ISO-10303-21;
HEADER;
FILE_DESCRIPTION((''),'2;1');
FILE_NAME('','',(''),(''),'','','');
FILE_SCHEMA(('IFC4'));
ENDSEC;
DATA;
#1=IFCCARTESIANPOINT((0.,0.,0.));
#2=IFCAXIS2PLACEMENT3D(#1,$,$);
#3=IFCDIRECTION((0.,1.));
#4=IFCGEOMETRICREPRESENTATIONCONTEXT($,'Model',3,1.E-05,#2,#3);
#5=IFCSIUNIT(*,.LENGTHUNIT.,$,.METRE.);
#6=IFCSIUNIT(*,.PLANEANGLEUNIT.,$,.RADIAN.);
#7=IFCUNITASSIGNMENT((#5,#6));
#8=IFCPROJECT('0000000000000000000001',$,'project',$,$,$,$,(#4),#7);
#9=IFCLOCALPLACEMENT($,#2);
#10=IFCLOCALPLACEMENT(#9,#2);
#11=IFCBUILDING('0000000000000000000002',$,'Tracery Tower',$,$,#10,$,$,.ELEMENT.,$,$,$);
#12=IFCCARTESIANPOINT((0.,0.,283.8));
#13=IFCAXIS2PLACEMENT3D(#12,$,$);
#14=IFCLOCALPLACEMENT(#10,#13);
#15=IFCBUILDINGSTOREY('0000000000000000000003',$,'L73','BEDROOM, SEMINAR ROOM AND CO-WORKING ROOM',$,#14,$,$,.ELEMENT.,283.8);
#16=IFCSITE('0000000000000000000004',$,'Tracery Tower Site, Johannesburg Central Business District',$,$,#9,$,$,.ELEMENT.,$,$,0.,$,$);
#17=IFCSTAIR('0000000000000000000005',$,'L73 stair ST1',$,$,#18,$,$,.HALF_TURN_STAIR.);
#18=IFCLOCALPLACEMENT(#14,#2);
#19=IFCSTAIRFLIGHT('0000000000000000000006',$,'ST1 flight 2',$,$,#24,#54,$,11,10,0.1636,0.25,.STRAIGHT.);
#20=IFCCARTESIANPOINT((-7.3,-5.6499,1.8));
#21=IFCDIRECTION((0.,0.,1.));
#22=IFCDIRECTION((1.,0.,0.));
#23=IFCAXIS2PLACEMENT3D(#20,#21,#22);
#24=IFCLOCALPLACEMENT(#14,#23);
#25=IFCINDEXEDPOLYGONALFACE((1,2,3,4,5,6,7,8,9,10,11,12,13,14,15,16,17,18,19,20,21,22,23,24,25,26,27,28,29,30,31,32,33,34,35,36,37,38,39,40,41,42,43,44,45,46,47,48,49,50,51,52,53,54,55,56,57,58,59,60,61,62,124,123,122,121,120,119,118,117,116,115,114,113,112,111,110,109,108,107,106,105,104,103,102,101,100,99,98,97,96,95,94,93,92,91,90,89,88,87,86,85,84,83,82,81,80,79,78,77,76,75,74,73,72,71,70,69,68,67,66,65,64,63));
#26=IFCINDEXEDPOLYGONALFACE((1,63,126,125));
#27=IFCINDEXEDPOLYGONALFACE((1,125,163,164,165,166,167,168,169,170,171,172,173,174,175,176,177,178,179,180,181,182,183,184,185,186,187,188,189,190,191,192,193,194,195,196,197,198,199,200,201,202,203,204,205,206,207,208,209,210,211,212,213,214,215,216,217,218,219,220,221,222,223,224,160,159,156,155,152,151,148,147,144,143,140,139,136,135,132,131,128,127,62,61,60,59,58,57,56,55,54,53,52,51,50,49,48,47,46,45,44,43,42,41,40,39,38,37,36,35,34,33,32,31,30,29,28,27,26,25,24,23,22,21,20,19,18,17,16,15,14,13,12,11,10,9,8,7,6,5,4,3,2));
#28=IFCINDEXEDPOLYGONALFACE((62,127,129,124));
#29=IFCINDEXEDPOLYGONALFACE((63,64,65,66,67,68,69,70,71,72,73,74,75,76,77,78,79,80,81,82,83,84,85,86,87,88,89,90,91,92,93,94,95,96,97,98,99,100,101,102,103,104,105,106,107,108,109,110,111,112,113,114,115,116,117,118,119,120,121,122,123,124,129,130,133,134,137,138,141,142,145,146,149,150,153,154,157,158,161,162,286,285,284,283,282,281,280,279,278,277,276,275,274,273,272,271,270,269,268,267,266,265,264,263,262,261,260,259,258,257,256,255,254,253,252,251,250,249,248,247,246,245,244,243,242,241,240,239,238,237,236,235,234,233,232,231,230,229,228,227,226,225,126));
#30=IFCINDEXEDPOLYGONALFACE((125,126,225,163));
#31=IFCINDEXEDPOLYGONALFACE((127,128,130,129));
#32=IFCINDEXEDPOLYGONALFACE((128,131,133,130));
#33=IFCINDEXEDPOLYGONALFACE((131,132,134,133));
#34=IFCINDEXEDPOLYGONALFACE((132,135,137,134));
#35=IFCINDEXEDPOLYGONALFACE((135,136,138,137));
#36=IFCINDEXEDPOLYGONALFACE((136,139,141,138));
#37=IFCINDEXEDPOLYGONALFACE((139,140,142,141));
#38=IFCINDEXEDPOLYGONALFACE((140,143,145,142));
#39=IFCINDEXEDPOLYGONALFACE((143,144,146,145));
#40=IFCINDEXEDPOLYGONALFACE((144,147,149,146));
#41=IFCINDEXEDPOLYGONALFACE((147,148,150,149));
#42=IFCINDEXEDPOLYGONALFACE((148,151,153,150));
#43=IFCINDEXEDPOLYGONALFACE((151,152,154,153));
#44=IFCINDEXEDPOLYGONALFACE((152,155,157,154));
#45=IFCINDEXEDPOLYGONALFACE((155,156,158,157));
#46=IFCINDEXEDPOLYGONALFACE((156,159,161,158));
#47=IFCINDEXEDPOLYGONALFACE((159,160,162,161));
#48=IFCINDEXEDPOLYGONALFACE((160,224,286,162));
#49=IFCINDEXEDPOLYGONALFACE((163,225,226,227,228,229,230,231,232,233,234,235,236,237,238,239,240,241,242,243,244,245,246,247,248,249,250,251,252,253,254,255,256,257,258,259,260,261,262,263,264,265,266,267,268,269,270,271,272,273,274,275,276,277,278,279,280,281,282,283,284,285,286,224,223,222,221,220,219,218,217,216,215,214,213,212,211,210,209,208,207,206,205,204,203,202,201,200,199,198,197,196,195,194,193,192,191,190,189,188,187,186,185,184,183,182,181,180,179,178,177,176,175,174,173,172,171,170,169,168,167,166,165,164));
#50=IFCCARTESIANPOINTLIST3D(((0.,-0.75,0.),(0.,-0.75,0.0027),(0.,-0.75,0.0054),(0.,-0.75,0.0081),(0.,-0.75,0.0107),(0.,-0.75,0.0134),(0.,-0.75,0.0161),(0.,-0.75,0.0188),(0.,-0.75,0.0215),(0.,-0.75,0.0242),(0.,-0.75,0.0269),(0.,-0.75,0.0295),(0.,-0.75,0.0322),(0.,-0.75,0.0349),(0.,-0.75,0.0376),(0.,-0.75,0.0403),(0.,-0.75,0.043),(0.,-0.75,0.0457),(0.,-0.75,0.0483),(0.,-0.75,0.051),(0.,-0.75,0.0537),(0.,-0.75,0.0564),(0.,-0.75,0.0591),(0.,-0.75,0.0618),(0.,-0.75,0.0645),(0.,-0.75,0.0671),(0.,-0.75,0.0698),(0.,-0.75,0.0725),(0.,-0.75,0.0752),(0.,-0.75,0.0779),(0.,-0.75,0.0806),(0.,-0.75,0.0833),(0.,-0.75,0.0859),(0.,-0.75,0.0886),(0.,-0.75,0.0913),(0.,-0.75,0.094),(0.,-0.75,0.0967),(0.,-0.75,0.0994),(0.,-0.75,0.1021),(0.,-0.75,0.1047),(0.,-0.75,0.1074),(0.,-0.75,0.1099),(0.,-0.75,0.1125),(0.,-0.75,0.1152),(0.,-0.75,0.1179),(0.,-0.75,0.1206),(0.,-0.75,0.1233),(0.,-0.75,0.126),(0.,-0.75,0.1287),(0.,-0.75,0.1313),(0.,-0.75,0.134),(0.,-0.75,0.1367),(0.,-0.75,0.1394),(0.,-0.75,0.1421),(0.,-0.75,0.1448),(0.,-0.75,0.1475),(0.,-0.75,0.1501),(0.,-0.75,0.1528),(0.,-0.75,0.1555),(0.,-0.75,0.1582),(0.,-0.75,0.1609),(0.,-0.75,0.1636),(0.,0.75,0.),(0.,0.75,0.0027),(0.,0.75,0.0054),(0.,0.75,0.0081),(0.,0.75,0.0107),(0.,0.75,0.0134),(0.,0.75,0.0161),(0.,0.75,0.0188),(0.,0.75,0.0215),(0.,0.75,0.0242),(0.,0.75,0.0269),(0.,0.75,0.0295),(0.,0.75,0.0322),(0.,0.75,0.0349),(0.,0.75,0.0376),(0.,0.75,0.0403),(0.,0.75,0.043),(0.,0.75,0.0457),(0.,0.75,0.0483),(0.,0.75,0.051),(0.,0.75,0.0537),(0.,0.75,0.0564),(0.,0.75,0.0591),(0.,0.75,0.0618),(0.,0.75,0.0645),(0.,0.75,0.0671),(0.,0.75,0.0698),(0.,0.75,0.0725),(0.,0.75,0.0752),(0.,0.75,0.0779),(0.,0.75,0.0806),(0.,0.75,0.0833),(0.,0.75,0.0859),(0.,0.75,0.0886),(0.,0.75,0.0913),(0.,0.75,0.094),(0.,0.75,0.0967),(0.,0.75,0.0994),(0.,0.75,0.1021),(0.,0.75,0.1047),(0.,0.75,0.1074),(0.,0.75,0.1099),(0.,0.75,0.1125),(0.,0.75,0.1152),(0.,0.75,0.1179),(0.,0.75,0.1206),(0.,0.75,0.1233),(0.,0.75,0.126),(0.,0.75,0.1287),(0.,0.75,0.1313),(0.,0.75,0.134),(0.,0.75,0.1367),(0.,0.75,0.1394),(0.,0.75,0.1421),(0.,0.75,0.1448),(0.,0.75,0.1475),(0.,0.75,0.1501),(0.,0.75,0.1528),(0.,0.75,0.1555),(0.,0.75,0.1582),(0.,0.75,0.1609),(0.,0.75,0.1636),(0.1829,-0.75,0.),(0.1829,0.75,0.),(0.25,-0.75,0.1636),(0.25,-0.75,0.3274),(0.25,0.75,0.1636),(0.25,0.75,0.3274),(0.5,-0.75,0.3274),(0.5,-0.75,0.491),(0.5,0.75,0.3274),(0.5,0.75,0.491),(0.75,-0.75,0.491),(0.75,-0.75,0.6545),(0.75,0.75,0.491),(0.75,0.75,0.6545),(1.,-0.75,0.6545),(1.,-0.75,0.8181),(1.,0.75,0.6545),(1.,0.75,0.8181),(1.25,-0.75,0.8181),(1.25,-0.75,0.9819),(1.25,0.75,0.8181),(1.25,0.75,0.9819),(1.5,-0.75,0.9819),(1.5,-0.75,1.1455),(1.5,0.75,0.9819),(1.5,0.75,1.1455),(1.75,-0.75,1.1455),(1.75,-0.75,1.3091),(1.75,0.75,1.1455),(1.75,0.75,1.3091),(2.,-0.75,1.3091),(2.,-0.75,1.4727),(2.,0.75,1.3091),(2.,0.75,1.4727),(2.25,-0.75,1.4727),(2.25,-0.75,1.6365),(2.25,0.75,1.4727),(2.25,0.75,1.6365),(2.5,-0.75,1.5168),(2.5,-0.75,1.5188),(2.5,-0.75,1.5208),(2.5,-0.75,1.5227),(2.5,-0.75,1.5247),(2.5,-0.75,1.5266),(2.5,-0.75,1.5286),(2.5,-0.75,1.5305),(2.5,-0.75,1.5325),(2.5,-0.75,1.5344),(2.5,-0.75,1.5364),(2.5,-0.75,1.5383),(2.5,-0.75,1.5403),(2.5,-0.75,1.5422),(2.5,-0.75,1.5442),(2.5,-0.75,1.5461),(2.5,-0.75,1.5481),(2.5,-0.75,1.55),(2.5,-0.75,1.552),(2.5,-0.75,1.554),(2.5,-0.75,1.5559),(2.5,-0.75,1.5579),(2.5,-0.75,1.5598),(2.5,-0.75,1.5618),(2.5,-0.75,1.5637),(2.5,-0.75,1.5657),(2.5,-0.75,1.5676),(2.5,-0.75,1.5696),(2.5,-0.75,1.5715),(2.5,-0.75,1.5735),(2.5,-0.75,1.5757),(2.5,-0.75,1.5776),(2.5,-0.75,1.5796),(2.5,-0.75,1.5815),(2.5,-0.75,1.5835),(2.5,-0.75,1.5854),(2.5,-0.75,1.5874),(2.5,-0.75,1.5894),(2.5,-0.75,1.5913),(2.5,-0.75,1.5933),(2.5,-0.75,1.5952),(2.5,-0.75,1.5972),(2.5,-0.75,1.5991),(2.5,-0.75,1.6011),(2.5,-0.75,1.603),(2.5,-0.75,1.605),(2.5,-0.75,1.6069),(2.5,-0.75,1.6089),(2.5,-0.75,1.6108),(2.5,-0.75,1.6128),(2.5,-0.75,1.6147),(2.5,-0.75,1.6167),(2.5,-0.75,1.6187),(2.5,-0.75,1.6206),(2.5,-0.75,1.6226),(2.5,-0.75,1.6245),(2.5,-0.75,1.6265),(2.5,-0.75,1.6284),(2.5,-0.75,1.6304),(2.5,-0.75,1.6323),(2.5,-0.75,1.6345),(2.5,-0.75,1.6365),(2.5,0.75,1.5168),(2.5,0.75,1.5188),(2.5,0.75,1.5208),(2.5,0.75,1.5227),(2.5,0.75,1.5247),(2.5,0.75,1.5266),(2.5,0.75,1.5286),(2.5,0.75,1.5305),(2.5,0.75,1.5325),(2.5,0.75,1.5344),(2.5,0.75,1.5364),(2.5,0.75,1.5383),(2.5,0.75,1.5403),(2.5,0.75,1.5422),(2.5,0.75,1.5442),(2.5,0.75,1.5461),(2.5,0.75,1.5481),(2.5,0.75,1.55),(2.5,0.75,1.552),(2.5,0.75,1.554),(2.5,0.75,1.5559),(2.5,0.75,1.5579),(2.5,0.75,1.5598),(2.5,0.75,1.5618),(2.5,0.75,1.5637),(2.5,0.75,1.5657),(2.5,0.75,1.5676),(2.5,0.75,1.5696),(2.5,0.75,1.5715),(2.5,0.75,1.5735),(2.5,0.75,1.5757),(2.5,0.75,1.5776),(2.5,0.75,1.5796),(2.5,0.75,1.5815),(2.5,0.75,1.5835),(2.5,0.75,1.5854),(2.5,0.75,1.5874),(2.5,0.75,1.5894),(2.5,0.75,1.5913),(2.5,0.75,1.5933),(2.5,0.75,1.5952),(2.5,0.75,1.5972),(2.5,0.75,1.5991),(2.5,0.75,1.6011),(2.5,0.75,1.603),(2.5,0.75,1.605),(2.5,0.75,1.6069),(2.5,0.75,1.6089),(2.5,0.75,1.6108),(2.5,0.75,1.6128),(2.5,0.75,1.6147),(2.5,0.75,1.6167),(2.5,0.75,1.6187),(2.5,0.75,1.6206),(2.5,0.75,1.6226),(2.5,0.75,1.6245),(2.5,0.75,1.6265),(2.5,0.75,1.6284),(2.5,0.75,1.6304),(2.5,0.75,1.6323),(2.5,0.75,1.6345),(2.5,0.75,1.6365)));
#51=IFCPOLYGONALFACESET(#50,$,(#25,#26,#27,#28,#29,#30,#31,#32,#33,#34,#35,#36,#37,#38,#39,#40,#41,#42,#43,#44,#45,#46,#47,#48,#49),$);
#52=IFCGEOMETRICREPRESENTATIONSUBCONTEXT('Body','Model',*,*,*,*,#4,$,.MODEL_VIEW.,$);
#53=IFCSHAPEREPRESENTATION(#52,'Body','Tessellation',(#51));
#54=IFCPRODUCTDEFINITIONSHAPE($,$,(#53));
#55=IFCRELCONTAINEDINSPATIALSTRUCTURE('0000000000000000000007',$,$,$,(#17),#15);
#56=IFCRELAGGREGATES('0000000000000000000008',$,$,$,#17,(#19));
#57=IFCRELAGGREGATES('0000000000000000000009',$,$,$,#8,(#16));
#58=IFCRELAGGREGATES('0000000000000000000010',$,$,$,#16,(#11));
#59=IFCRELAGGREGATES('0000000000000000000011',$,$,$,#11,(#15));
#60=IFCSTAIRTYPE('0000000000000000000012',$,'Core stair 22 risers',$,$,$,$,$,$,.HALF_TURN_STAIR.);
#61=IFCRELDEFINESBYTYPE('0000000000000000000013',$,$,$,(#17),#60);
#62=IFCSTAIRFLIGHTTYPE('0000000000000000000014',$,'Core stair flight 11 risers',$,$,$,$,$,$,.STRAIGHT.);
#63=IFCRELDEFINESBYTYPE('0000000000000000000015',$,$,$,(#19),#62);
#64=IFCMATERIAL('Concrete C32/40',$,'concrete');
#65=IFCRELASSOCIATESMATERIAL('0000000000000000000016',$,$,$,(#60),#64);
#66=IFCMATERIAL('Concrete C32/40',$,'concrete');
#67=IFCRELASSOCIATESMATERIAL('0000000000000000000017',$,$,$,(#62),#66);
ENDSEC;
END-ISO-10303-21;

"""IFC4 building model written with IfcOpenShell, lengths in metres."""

from ifc_helpers import new_model, si_unit, direction, frame, origin, place, context, subcontext, project, spatial, polyline, outline, extrude, material, type_object, element, aggregate, save


model = new_model("IFC4")

# Units and contexts
model_context = context("Model", 3, precision=1e-05, world=origin(), true_north=direction((0.0, 1.0)))
body_context = subcontext(model_context, "Body", "Model", "MODEL_VIEW")
ifc_project = project(units=[si_unit("LENGTHUNIT", "METRE"), si_unit("PLANEANGLEUNIT", "RADIAN")], contexts=[model_context])

# Site, building, storey
site_placement = place(None, origin())
site = spatial("IfcSite", under=ifc_project, at=site_placement, Name="Tracery Tower Site, Johannesburg Central Business District", CompositionType="ELEMENT", RefElevation=0.0)
building_placement = place(site_placement, origin())
building = spatial("IfcBuilding", under=site, at=building_placement, Name="Tracery Tower", CompositionType="ELEMENT")
storey_placement = place(building_placement, frame((0.0, 0.0, 283.8)))
storey = spatial("IfcBuildingStorey", under=building, at=storey_placement, Name="L73", Description="BEDROOM, SEMINAR ROOM AND CO-WORKING ROOM", CompositionType="ELEMENT", Elevation=283.8)

# Stair, stair flight
ifc_material_1 = material(Name="Concrete C32/40", Category="concrete")
stair_type = type_object("IfcStairType", Name="Core stair 22 risers", PredefinedType="HALF_TURN_STAIR", material=ifc_material_1)
stair_placement = place(storey_placement, origin())
stair = element("IfcStair", 1, at=stair_placement, inside=storey, type_object=stair_type, Name="L73 stair ST1", PredefinedType="HALF_TURN_STAIR")
ifc_material_2 = material(Name="Concrete C32/40", Category="concrete")
stair_flight_type = type_object("IfcStairFlightType", Name="Core stair flight 11 risers", PredefinedType="STRAIGHT", material=ifc_material_2)
stair_flight_1_placement = place(storey_placement, frame((-7.3, -5.6499, 1.8), z_axis=(0.0, 0.0, 1.0), x_axis=(1.0, 0.0, 0.0)))
stair_flight_1 = element("IfcStairFlight", 2, at=stair_flight_1_placement, type_object=stair_flight_type, Name="ST1 flight 2", NumberOfRisers=11, NumberOfTreads=10, PredefinedType="STRAIGHT", RiserHeight=0.1636, TreadLength=0.25, context=body_context, shape_type="SweptSolid", body=[
    extrude(outline(polyline([(0.0, 0.0), (0.0, 0.0027), (0.0, 0.0054), (0.0, 0.0081), (0.0, 0.0107), (0.0, 0.0134), (0.0, 0.0161), (0.0, 0.0188), (0.0, 0.0215), (0.0, 0.0242), (0.0, 0.0269), (0.0, 0.0295), (0.0, 0.0322), (0.0, 0.0349), (0.0, 0.0376), (0.0, 0.0403), (0.0, 0.043), (0.0, 0.0457), (0.0, 0.0483), (0.0, 0.051), (0.0, 0.0537), (0.0, 0.0564), (0.0, 0.0591), (0.0, 0.0618), (0.0, 0.0645), (0.0, 0.0671), (0.0, 0.0698), (0.0, 0.0725), (0.0, 0.0752), (0.0, 0.0779), (0.0, 0.0806), (0.0, 0.0833), (0.0, 0.0859), (0.0, 0.0886), (0.0, 0.0913), (0.0, 0.094), (0.0, 0.0967), (0.0, 0.0994), (0.0, 0.1021), (0.0, 0.1047), (0.0, 0.1074), (0.0, 0.1099), (0.0, 0.1125), (0.0, 0.1152), (0.0, 0.1179), (0.0, 0.1206), (0.0, 0.1233), (0.0, 0.126), (0.0, 0.1287), (0.0, 0.1313), (0.0, 0.134), (0.0, 0.1367), (0.0, 0.1394), (0.0, 0.1421), (0.0, 0.1448), (0.0, 0.1475), (0.0, 0.1501), (0.0, 0.1528), (0.0, 0.1555), (0.0, 0.1582), (0.0, 0.1609), (0.0, 0.1636), (0.25, 0.1636), (0.25, 0.3274), (0.5, 0.3274), (0.5, 0.491), (0.75, 0.491), (0.75, 0.6545), (1.0, 0.6545), (1.0, 0.8181), (1.25, 0.8181), (1.25, 0.9819), (1.5, 0.9819), (1.5, 1.1455), (1.75, 1.1455), (1.75, 1.3091), (2.0, 1.3091), (2.0, 1.4727), (2.25, 1.4727), (2.25, 1.6365), (2.5, 1.6365), (2.5, 1.6345), (2.5, 1.6323), (2.5, 1.6304), (2.5, 1.6284), (2.5, 1.6265), (2.5, 1.6245), (2.5, 1.6226), (2.5, 1.6206), (2.5, 1.6187), (2.5, 1.6167), (2.5, 1.6147), (2.5, 1.6128), (2.5, 1.6108), (2.5, 1.6089), (2.5, 1.6069), (2.5, 1.605), (2.5, 1.603), (2.5, 1.6011), (2.5, 1.5991), (2.5, 1.5972), (2.5, 1.5952), (2.5, 1.5933), (2.5, 1.5913), (2.5, 1.5894), (2.5, 1.5874), (2.5, 1.5854), (2.5, 1.5835), (2.5, 1.5815), (2.5, 1.5796), (2.5, 1.5776), (2.5, 1.5757), (2.5, 1.5735), (2.5, 1.5715), (2.5, 1.5696), (2.5, 1.5676), (2.5, 1.5657), (2.5, 1.5637), (2.5, 1.5618), (2.5, 1.5598), (2.5, 1.5579), (2.5, 1.5559), (2.5, 1.554), (2.5, 1.552), (2.5, 1.55), (2.5, 1.5481), (2.5, 1.5461), (2.5, 1.5442), (2.5, 1.5422), (2.5, 1.5403), (2.5, 1.5383), (2.5, 1.5364), (2.5, 1.5344), (2.5, 1.5325), (2.5, 1.5305), (2.5, 1.5286), (2.5, 1.5266), (2.5, 1.5247), (2.5, 1.5227), (2.5, 1.5208), (2.5, 1.5188), (2.5, 1.5168), (0.1829, 0.0), (0.0, 0.0)])), frame((0.0, 0.75, 0.0), z_axis=(0.0, -1.0, 0.0), x_axis=(1.0, 0.0, 0.0)), (0.0, 0.0, 1.0), 1.5),
])
aggregate(stair, [stair_flight_1])

save(model, "model.ifc")
